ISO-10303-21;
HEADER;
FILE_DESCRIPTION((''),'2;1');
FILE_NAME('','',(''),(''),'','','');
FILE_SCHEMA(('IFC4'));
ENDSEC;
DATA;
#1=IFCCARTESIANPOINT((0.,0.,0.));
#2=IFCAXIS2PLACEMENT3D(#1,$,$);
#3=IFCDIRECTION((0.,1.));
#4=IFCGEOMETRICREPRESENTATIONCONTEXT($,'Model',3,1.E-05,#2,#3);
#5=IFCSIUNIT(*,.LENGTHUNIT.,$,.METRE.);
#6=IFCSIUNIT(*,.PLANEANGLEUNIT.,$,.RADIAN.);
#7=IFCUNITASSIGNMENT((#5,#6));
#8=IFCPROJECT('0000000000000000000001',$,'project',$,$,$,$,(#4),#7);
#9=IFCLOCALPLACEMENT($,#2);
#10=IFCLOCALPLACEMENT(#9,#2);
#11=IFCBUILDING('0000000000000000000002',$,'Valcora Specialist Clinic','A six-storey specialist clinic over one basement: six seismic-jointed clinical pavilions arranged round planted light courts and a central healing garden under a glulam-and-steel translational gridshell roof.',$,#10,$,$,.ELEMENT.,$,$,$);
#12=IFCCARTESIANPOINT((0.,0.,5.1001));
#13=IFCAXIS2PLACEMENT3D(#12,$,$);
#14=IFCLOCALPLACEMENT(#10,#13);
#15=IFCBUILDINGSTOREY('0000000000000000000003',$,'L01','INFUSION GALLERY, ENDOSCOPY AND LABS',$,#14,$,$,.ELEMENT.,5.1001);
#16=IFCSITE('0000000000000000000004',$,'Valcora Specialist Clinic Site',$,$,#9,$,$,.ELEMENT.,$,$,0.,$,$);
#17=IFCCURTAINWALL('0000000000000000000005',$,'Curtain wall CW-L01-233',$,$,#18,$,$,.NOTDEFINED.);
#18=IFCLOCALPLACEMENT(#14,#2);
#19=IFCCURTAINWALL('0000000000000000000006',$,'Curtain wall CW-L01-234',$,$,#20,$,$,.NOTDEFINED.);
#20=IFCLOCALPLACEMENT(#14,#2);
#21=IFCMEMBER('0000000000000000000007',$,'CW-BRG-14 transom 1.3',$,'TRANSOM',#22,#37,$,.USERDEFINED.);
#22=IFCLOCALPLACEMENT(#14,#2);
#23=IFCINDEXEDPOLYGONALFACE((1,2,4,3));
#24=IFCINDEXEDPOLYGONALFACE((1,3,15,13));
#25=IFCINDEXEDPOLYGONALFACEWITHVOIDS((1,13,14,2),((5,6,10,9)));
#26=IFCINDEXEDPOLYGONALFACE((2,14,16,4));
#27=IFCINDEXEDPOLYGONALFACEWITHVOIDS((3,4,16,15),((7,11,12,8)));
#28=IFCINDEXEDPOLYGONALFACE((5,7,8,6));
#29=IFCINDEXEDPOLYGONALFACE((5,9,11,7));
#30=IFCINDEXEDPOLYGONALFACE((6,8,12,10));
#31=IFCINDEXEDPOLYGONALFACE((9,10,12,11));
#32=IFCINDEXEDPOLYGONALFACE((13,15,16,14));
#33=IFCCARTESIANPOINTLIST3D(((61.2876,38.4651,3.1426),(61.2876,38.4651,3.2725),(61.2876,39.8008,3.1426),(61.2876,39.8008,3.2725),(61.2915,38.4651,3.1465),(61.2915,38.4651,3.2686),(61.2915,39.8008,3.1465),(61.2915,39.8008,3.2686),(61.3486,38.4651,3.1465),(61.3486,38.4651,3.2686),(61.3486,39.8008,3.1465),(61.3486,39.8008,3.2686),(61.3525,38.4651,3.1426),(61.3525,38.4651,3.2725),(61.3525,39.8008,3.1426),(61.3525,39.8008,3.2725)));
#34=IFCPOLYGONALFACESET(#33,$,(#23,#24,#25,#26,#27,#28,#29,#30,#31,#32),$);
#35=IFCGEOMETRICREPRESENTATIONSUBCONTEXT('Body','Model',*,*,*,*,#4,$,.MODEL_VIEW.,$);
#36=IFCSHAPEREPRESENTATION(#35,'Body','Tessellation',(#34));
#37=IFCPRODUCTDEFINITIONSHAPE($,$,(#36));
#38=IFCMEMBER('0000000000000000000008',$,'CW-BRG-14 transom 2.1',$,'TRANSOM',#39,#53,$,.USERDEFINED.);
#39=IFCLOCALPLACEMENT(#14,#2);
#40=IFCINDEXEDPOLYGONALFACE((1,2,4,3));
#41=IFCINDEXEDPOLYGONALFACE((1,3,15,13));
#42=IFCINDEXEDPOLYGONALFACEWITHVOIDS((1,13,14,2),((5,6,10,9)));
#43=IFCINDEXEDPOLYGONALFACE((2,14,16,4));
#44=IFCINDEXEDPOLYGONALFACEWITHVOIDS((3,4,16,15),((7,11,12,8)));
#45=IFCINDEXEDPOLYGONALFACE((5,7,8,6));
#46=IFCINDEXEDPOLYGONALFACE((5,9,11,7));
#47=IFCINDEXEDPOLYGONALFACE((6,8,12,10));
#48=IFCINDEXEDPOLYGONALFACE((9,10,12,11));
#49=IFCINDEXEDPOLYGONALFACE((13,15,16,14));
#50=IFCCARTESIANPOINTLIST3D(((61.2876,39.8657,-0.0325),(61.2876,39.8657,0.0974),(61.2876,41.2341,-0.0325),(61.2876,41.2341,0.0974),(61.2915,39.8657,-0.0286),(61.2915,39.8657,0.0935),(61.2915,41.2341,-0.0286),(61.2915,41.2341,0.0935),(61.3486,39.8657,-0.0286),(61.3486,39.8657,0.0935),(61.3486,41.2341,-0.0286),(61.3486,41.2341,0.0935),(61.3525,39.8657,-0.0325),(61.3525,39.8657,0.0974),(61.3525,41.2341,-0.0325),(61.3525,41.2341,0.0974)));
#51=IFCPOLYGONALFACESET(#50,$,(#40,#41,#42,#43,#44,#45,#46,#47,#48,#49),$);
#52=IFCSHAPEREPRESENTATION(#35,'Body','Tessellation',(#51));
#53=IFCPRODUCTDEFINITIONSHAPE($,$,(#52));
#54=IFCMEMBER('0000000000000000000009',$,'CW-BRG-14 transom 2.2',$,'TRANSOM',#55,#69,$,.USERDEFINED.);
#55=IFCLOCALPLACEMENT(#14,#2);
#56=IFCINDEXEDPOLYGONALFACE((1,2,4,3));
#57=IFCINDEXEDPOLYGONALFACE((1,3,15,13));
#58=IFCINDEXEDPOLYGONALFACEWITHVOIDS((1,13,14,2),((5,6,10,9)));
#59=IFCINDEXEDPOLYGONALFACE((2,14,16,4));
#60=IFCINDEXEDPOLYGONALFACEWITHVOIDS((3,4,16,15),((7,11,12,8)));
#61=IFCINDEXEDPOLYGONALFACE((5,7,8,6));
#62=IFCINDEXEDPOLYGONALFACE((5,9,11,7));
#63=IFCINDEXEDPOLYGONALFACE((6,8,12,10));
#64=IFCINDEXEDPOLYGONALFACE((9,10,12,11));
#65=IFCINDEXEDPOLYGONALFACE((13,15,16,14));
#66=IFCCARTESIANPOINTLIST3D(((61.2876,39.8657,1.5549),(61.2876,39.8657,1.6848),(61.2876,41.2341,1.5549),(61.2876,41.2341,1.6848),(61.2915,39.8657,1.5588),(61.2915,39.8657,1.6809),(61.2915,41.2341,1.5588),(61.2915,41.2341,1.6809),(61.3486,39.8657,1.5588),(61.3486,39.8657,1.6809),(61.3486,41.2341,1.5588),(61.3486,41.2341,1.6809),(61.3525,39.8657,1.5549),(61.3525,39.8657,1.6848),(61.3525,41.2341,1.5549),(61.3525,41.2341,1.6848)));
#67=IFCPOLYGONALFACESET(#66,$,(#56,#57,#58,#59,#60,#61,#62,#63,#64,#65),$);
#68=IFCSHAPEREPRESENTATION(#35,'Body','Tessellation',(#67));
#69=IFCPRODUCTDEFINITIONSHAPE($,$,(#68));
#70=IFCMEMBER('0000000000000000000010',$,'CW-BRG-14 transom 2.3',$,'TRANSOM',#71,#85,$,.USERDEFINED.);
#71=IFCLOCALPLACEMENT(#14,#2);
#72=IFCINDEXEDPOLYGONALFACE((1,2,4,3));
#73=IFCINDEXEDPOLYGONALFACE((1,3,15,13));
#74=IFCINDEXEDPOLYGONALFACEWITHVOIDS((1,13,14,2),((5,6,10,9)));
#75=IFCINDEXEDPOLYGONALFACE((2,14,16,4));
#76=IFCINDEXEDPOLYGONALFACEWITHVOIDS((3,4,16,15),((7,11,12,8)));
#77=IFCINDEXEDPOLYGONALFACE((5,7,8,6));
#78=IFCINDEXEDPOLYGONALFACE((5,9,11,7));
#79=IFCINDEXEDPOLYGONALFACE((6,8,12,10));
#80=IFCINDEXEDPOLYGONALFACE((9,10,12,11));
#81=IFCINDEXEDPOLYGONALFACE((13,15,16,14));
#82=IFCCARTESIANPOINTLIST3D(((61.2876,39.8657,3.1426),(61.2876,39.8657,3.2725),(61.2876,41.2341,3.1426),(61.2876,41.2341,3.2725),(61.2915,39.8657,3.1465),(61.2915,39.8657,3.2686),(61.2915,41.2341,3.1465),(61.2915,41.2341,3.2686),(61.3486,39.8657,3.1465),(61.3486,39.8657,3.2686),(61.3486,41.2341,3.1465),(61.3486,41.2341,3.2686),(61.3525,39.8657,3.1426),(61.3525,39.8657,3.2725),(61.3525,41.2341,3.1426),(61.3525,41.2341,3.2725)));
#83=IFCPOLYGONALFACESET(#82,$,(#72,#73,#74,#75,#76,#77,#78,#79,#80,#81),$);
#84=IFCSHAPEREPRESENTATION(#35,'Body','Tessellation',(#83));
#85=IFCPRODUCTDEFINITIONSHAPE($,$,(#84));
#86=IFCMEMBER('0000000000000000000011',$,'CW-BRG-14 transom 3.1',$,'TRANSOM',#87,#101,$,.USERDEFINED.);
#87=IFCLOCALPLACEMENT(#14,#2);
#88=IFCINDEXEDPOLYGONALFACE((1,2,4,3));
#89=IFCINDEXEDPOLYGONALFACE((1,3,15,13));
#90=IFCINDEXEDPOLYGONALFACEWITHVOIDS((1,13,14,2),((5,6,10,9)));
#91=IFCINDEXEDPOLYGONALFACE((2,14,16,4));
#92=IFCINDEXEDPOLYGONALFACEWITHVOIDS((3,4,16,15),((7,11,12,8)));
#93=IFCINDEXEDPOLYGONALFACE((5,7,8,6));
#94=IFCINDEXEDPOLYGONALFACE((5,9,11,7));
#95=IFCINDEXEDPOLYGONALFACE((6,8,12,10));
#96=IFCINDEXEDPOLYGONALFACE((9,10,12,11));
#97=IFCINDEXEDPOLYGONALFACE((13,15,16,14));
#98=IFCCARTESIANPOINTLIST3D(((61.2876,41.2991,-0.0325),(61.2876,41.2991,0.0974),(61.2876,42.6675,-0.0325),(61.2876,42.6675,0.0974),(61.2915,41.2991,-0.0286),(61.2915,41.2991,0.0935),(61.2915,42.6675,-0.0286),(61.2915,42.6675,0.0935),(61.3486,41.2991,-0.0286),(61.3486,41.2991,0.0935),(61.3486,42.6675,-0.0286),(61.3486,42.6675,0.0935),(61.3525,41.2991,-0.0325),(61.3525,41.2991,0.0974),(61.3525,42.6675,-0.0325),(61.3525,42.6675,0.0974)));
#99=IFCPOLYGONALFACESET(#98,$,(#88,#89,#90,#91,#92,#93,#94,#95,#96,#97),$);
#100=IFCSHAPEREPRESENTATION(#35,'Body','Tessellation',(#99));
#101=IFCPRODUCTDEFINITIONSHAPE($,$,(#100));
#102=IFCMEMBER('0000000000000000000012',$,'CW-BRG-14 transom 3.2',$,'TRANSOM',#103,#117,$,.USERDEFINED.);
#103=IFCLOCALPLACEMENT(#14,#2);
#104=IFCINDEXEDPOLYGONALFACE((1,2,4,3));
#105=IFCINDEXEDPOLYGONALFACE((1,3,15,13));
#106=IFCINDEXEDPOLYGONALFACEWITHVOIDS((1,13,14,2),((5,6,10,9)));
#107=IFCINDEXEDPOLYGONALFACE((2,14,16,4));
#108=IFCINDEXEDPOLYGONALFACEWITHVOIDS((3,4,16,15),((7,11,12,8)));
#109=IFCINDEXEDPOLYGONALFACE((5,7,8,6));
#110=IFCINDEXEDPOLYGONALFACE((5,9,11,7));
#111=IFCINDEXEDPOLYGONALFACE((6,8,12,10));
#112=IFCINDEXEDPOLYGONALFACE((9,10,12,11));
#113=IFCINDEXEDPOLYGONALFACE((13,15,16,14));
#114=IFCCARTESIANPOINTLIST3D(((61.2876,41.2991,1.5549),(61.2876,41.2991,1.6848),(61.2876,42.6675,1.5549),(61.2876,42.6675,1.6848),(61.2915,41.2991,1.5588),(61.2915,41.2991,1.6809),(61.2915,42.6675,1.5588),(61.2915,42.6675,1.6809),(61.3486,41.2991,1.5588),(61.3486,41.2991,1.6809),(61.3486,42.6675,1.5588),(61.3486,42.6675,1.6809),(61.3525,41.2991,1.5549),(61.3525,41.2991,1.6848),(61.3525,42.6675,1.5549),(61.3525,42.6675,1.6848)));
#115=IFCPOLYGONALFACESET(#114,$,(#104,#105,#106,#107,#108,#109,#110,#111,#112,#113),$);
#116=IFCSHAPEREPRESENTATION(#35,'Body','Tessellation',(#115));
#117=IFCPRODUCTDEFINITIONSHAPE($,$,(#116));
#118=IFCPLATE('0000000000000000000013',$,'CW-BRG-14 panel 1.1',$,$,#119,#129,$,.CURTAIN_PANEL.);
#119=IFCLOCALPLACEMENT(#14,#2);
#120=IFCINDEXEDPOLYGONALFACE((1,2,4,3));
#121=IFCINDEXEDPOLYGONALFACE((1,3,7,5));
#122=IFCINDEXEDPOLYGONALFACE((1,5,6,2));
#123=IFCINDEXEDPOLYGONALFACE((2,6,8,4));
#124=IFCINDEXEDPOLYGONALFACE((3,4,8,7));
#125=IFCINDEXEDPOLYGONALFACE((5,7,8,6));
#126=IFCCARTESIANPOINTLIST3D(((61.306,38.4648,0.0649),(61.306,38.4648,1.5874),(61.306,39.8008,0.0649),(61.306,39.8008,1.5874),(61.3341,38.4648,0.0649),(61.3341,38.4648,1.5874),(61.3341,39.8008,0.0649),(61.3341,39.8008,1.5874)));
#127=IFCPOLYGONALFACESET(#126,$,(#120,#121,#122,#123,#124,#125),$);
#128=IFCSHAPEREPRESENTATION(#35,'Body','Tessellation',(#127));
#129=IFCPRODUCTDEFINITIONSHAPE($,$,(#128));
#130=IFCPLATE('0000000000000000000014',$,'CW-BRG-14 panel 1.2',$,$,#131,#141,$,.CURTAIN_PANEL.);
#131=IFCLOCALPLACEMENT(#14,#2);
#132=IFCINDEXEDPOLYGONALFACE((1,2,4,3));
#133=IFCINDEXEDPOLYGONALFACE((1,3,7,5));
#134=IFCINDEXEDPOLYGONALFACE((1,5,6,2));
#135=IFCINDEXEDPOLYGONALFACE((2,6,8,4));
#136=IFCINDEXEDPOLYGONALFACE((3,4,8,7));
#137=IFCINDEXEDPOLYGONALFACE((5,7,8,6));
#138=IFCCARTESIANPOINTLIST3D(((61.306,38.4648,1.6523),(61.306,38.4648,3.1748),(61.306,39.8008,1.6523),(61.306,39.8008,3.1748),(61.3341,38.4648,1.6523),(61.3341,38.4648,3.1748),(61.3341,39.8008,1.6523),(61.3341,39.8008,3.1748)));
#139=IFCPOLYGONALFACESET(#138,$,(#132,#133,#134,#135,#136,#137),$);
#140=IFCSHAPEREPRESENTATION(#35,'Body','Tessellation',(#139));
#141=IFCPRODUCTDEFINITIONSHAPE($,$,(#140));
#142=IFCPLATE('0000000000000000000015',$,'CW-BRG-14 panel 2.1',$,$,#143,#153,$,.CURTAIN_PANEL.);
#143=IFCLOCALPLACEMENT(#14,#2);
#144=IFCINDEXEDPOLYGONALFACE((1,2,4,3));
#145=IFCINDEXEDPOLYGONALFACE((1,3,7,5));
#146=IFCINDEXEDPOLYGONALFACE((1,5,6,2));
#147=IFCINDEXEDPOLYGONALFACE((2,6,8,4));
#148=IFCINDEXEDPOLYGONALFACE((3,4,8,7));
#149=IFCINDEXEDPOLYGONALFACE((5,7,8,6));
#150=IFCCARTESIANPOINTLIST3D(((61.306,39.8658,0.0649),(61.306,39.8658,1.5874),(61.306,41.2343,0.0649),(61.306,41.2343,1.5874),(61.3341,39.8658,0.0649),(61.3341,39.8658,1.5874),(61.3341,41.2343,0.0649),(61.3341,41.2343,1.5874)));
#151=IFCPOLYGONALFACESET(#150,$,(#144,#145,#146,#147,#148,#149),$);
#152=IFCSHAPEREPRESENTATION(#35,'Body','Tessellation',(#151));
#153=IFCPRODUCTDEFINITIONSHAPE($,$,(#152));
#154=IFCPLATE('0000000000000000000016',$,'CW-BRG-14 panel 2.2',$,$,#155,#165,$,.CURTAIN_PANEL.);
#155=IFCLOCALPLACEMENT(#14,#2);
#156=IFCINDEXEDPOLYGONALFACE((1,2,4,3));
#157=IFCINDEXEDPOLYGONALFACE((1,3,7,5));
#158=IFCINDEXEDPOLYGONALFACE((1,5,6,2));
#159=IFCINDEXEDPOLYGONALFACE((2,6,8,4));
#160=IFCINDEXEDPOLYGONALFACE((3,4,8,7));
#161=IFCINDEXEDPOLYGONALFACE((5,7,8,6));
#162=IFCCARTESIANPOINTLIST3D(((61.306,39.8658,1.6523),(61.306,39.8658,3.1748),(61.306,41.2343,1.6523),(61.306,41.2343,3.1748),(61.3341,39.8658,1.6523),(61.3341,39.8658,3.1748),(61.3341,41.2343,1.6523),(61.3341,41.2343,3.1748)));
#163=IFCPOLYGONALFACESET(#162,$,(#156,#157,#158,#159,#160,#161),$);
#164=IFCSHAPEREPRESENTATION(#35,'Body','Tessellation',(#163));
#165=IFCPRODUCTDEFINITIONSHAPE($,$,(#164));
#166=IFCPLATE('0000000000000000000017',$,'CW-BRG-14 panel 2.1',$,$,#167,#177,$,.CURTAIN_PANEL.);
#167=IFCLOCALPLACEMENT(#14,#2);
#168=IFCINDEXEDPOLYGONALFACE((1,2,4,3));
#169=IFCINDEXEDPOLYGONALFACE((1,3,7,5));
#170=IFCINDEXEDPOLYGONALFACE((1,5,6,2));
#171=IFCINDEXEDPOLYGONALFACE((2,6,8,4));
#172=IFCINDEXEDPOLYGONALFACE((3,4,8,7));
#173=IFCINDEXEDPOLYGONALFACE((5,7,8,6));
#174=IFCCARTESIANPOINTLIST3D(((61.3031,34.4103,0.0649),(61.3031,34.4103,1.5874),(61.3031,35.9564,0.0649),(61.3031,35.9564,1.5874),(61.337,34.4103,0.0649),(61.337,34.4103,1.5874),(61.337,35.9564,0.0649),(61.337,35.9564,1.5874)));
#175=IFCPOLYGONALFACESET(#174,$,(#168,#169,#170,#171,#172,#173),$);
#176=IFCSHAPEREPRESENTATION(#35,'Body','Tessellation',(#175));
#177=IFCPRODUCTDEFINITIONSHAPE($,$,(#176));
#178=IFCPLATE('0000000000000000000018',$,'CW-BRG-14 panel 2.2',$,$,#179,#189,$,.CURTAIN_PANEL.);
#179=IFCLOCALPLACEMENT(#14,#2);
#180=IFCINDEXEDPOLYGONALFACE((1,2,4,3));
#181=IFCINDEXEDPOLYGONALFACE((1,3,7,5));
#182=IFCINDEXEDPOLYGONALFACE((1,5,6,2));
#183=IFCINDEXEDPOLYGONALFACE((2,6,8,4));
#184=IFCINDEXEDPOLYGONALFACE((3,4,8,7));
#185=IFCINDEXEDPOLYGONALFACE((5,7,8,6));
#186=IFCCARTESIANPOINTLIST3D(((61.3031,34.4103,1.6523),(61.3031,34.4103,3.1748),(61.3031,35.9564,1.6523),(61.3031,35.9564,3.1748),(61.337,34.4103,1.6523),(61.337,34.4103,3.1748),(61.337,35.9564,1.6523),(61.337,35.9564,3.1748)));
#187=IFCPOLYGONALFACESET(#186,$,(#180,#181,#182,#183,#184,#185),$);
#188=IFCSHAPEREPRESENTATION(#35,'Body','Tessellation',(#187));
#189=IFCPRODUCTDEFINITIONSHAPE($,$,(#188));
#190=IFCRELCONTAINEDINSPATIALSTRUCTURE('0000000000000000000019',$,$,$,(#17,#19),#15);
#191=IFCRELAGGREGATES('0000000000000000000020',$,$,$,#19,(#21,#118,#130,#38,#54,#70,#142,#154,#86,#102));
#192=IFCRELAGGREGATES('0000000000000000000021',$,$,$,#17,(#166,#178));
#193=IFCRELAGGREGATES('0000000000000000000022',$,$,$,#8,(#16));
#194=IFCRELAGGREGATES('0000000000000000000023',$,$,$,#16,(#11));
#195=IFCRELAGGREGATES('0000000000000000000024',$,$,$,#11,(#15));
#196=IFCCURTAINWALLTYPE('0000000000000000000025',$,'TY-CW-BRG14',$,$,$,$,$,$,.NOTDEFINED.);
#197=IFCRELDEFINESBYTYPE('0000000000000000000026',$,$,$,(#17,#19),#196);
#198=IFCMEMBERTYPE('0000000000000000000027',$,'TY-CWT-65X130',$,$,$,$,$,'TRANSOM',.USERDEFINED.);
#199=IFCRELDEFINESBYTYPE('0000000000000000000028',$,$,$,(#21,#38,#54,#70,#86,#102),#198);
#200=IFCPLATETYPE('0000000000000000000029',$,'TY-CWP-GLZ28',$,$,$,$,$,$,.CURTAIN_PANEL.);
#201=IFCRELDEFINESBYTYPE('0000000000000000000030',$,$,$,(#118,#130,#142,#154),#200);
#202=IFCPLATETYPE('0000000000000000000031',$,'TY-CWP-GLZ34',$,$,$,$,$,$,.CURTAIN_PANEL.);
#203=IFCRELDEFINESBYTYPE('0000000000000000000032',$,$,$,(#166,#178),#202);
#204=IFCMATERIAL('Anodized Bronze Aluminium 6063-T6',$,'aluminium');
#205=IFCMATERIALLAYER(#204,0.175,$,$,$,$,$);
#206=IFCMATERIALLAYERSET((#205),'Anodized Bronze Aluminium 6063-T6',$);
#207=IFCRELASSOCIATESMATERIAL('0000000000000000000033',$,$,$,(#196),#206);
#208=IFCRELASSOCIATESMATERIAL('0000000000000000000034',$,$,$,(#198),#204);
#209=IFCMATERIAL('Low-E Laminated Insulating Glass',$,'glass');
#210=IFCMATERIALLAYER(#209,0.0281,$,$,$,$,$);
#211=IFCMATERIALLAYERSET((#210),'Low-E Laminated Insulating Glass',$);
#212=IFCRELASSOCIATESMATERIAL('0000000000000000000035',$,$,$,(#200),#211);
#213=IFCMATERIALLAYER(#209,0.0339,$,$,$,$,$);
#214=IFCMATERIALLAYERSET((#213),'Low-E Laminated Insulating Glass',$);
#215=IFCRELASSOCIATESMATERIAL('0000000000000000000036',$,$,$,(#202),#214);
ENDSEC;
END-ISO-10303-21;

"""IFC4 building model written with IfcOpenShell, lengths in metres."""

from ifc_helpers import new_model, si_unit, direction, frame, origin, origin_2d, place, context, subcontext, project, spatial, rectangle, hollow_rectangle, extrude, material, layer, layer_set, material_profile, profile_set, type_object, element, aggregate, save


model = new_model("IFC4")

# Units and contexts
model_context = context("Model", 3, precision=1e-05, world=origin(), true_north=direction((0.0, 1.0)))
body_context = subcontext(model_context, "Body", "Model", "MODEL_VIEW")
ifc_project = project(units=[si_unit("LENGTHUNIT", "METRE"), si_unit("PLANEANGLEUNIT", "RADIAN")], contexts=[model_context])

# Site, building, storey
site_placement = place(None, origin())
site = spatial("IfcSite", under=ifc_project, at=site_placement, Name="Valcora Specialist Clinic Site", CompositionType="ELEMENT", RefElevation=0.0)
building_placement = place(site_placement, origin())
building = spatial("IfcBuilding", under=site, at=building_placement, Name="Valcora Specialist Clinic", Description="A six-storey specialist clinic over one basement: six seismic-jointed clinical pavilions arranged round planted light courts and a central healing garden under a glulam-and-steel translational gridshell roof.", CompositionType="ELEMENT")
storey_placement = place(building_placement, frame((0.0, 0.0, 5.1001)))
storey = spatial("IfcBuildingStorey", under=building, at=storey_placement, Name="L01", Description="INFUSION GALLERY, ENDOSCOPY AND LABS", CompositionType="ELEMENT", Elevation=5.1001)

# Curtain walls
ifc_material_1 = material(Name="Anodized Bronze Aluminium 6063-T6", Category="aluminium")
ifc_layer_1 = layer(ifc_material_1, 0.175)
ifc_layer_set_1 = layer_set([ifc_layer_1], Name="Anodized Bronze Aluminium 6063-T6")
curtain_wall_type = type_object("IfcCurtainWallType", Name="TY-CW-BRG14", PredefinedType="NOTDEFINED", material=ifc_layer_set_1)
curtain_wall_1_placement = place(storey_placement, origin())
curtain_wall_1 = element("IfcCurtainWall", 1, at=curtain_wall_1_placement, inside=storey, type_object=curtain_wall_type, Name="Curtain wall CW-L01-233", PredefinedType="NOTDEFINED")
curtain_wall_2_placement = place(storey_placement, origin())
curtain_wall_2 = element("IfcCurtainWall", 2, at=curtain_wall_2_placement, inside=storey, type_object=curtain_wall_type, Name="Curtain wall CW-L01-234", PredefinedType="NOTDEFINED")

# Members
ifc_material_profile_1 = material_profile(ifc_material_1, hollow_rectangle(XDim=0.0649, YDim=0.1299, WallThickness=0.0039, at=origin_2d()), Name="AL-TRN-65X130")
ifc_profile_set_1 = profile_set([ifc_material_profile_1], Name="Anodized Bronze Aluminium 6063-T6")
member_type_1 = type_object("IfcMemberType", Name="TY-CWT-65X130", ElementType="TRANSOM", PredefinedType="USERDEFINED", material=ifc_profile_set_1)
member_1_placement = place(storey_placement, frame((61.3201, 38.4651, 3.2075), z_axis=(0.0, 1.0, 0.0), x_axis=(-1.0, 0.0, 0.0)))
member_1 = element("IfcMember", 3, at=member_1_placement, type_object=member_type_1, Name="CW-BRG-14 transom 1.3", ObjectType="TRANSOM", PredefinedType="USERDEFINED", context=body_context, shape_type="SweptSolid", body=[
    extrude(hollow_rectangle(XDim=0.0649, YDim=0.1299, WallThickness=0.0039, at=origin_2d()), origin(), (0.0, 0.0, 1.0), 1.3357),
])
member_2_placement = place(storey_placement, frame((61.3201, 39.8657, 0.0325), z_axis=(0.0, 1.0, 0.0), x_axis=(-1.0, 0.0, 0.0)))
member_2 = element("IfcMember", 4, at=member_2_placement, type_object=member_type_1, Name="CW-BRG-14 transom 2.1", ObjectType="TRANSOM", PredefinedType="USERDEFINED", context=body_context, shape_type="SweptSolid", body=[
    extrude(hollow_rectangle(XDim=0.0649, YDim=0.1299, WallThickness=0.0039, at=origin_2d()), origin(), (0.0, 0.0, 1.0), 1.3684),
])
member_3_placement = place(storey_placement, frame((61.3201, 39.8657, 1.6199), z_axis=(0.0, 1.0, 0.0), x_axis=(-1.0, 0.0, 0.0)))
member_3 = element("IfcMember", 5, at=member_3_placement, type_object=member_type_1, Name="CW-BRG-14 transom 2.2", ObjectType="TRANSOM", PredefinedType="USERDEFINED", context=body_context, shape_type="SweptSolid", body=[
    extrude(hollow_rectangle(XDim=0.0649, YDim=0.1299, WallThickness=0.0039, at=origin_2d()), origin(), (0.0, 0.0, 1.0), 1.3684),
])
member_4_placement = place(storey_placement, frame((61.3201, 39.8657, 3.2075), z_axis=(0.0, 1.0, 0.0), x_axis=(-1.0, 0.0, 0.0)))
member_4 = element("IfcMember", 6, at=member_4_placement, type_object=member_type_1, Name="CW-BRG-14 transom 2.3", ObjectType="TRANSOM", PredefinedType="USERDEFINED", context=body_context, shape_type="SweptSolid", body=[
    extrude(hollow_rectangle(XDim=0.0649, YDim=0.1299, WallThickness=0.0039, at=origin_2d()), origin(), (0.0, 0.0, 1.0), 1.3684),
])
member_5_placement = place(storey_placement, frame((61.3201, 41.2991, 0.0325), z_axis=(0.0, 1.0, 0.0), x_axis=(-1.0, 0.0, 0.0)))
member_5 = element("IfcMember", 7, at=member_5_placement, type_object=member_type_1, Name="CW-BRG-14 transom 3.1", ObjectType="TRANSOM", PredefinedType="USERDEFINED", context=body_context, shape_type="SweptSolid", body=[
    extrude(hollow_rectangle(XDim=0.0649, YDim=0.1299, WallThickness=0.0039, at=origin_2d()), origin(), (0.0, 0.0, 1.0), 1.3684),
])
member_6_placement = place(storey_placement, frame((61.3201, 41.2991, 1.6199), z_axis=(0.0, 1.0, 0.0), x_axis=(-1.0, 0.0, 0.0)))
member_6 = element("IfcMember", 8, at=member_6_placement, type_object=member_type_1, Name="CW-BRG-14 transom 3.2", ObjectType="TRANSOM", PredefinedType="USERDEFINED", context=body_context, shape_type="SweptSolid", body=[
    extrude(hollow_rectangle(XDim=0.0649, YDim=0.1299, WallThickness=0.0039, at=origin_2d()), origin(), (0.0, 0.0, 1.0), 1.3684),
])

# Plates
ifc_material_2 = material(Name="Low-E Laminated Insulating Glass", Category="glass")
ifc_layer_2 = layer(ifc_material_2, 0.0281)
ifc_layer_set_2 = layer_set([ifc_layer_2], Name="Low-E Laminated Insulating Glass")
plate_type_1 = type_object("IfcPlateType", Name="TY-CWP-GLZ28", PredefinedType="CURTAIN_PANEL", material=ifc_layer_set_2)
plate_1_placement = place(storey_placement, frame((61.3201, 39.1328, 0.0649), z_axis=(0.0, 0.0, 1.0), x_axis=(0.0, 1.0, 0.0)))
plate_1 = element("IfcPlate", 9, at=plate_1_placement, type_object=plate_type_1, Name="CW-BRG-14 panel 1.1", PredefinedType="CURTAIN_PANEL", context=body_context, shape_type="SweptSolid", body=[
    extrude(rectangle(XDim=1.3359, YDim=0.0281, at=origin_2d()), origin(), (0.0, 0.0, 1.0), 1.5225),
])
plate_2_placement = place(storey_placement, frame((61.3201, 39.1328, 1.6523), z_axis=(0.0, 0.0, 1.0), x_axis=(0.0, 1.0, 0.0)))
plate_2 = element("IfcPlate", 10, at=plate_2_placement, type_object=plate_type_1, Name="CW-BRG-14 panel 1.2", PredefinedType="CURTAIN_PANEL", context=body_context, shape_type="SweptSolid", body=[
    extrude(rectangle(XDim=1.3359, YDim=0.0281, at=origin_2d()), origin(), (0.0, 0.0, 1.0), 1.5225),
])
plate_3_placement = place(storey_placement, frame((61.3201, 40.55, 0.0649), z_axis=(0.0, 0.0, 1.0), x_axis=(0.0, 1.0, 0.0)))
plate_3 = element("IfcPlate", 11, at=plate_3_placement, type_object=plate_type_1, Name="CW-BRG-14 panel 2.1", PredefinedType="CURTAIN_PANEL", context=body_context, shape_type="SweptSolid", body=[
    extrude(rectangle(XDim=1.3684, YDim=0.0281, at=origin_2d()), origin(), (0.0, 0.0, 1.0), 1.5225),
])
plate_4_placement = place(storey_placement, frame((61.3201, 40.55, 1.6523), z_axis=(0.0, 0.0, 1.0), x_axis=(0.0, 1.0, 0.0)))
plate_4 = element("IfcPlate", 12, at=plate_4_placement, type_object=plate_type_1, Name="CW-BRG-14 panel 2.2", PredefinedType="CURTAIN_PANEL", context=body_context, shape_type="SweptSolid", body=[
    extrude(rectangle(XDim=1.3684, YDim=0.0281, at=origin_2d()), origin(), (0.0, 0.0, 1.0), 1.5225),
])
aggregate(curtain_wall_2, [member_1, plate_1, plate_2, member_2, member_3, member_4, plate_3, plate_4, member_5, member_6])
ifc_layer_3 = layer(ifc_material_2, 0.0339)
ifc_layer_set_3 = layer_set([ifc_layer_3], Name="Low-E Laminated Insulating Glass")
plate_type_2 = type_object("IfcPlateType", Name="TY-CWP-GLZ34", PredefinedType="CURTAIN_PANEL", material=ifc_layer_set_3)
plate_5_placement = place(storey_placement, frame((61.3201, 35.1833, 0.0649), z_axis=(0.0, 0.0, 1.0), x_axis=(0.0, 1.0, 0.0)))
plate_5 = element("IfcPlate", 13, at=plate_5_placement, type_object=plate_type_2, Name="CW-BRG-14 panel 2.1", PredefinedType="CURTAIN_PANEL", context=body_context, shape_type="SweptSolid", body=[
    extrude(rectangle(XDim=1.5461, YDim=0.0339, at=origin_2d()), origin(), (0.0, 0.0, 1.0), 1.5225),
])
plate_6_placement = place(storey_placement, frame((61.3201, 35.1833, 1.6523), z_axis=(0.0, 0.0, 1.0), x_axis=(0.0, 1.0, 0.0)))
plate_6 = element("IfcPlate", 14, at=plate_6_placement, type_object=plate_type_2, Name="CW-BRG-14 panel 2.2", PredefinedType="CURTAIN_PANEL", context=body_context, shape_type="SweptSolid", body=[
    extrude(rectangle(XDim=1.5461, YDim=0.0339, at=origin_2d()), origin(), (0.0, 0.0, 1.0), 1.5225),
])
aggregate(curtain_wall_1, [plate_5, plate_6])

save(model, "model.ifc")
